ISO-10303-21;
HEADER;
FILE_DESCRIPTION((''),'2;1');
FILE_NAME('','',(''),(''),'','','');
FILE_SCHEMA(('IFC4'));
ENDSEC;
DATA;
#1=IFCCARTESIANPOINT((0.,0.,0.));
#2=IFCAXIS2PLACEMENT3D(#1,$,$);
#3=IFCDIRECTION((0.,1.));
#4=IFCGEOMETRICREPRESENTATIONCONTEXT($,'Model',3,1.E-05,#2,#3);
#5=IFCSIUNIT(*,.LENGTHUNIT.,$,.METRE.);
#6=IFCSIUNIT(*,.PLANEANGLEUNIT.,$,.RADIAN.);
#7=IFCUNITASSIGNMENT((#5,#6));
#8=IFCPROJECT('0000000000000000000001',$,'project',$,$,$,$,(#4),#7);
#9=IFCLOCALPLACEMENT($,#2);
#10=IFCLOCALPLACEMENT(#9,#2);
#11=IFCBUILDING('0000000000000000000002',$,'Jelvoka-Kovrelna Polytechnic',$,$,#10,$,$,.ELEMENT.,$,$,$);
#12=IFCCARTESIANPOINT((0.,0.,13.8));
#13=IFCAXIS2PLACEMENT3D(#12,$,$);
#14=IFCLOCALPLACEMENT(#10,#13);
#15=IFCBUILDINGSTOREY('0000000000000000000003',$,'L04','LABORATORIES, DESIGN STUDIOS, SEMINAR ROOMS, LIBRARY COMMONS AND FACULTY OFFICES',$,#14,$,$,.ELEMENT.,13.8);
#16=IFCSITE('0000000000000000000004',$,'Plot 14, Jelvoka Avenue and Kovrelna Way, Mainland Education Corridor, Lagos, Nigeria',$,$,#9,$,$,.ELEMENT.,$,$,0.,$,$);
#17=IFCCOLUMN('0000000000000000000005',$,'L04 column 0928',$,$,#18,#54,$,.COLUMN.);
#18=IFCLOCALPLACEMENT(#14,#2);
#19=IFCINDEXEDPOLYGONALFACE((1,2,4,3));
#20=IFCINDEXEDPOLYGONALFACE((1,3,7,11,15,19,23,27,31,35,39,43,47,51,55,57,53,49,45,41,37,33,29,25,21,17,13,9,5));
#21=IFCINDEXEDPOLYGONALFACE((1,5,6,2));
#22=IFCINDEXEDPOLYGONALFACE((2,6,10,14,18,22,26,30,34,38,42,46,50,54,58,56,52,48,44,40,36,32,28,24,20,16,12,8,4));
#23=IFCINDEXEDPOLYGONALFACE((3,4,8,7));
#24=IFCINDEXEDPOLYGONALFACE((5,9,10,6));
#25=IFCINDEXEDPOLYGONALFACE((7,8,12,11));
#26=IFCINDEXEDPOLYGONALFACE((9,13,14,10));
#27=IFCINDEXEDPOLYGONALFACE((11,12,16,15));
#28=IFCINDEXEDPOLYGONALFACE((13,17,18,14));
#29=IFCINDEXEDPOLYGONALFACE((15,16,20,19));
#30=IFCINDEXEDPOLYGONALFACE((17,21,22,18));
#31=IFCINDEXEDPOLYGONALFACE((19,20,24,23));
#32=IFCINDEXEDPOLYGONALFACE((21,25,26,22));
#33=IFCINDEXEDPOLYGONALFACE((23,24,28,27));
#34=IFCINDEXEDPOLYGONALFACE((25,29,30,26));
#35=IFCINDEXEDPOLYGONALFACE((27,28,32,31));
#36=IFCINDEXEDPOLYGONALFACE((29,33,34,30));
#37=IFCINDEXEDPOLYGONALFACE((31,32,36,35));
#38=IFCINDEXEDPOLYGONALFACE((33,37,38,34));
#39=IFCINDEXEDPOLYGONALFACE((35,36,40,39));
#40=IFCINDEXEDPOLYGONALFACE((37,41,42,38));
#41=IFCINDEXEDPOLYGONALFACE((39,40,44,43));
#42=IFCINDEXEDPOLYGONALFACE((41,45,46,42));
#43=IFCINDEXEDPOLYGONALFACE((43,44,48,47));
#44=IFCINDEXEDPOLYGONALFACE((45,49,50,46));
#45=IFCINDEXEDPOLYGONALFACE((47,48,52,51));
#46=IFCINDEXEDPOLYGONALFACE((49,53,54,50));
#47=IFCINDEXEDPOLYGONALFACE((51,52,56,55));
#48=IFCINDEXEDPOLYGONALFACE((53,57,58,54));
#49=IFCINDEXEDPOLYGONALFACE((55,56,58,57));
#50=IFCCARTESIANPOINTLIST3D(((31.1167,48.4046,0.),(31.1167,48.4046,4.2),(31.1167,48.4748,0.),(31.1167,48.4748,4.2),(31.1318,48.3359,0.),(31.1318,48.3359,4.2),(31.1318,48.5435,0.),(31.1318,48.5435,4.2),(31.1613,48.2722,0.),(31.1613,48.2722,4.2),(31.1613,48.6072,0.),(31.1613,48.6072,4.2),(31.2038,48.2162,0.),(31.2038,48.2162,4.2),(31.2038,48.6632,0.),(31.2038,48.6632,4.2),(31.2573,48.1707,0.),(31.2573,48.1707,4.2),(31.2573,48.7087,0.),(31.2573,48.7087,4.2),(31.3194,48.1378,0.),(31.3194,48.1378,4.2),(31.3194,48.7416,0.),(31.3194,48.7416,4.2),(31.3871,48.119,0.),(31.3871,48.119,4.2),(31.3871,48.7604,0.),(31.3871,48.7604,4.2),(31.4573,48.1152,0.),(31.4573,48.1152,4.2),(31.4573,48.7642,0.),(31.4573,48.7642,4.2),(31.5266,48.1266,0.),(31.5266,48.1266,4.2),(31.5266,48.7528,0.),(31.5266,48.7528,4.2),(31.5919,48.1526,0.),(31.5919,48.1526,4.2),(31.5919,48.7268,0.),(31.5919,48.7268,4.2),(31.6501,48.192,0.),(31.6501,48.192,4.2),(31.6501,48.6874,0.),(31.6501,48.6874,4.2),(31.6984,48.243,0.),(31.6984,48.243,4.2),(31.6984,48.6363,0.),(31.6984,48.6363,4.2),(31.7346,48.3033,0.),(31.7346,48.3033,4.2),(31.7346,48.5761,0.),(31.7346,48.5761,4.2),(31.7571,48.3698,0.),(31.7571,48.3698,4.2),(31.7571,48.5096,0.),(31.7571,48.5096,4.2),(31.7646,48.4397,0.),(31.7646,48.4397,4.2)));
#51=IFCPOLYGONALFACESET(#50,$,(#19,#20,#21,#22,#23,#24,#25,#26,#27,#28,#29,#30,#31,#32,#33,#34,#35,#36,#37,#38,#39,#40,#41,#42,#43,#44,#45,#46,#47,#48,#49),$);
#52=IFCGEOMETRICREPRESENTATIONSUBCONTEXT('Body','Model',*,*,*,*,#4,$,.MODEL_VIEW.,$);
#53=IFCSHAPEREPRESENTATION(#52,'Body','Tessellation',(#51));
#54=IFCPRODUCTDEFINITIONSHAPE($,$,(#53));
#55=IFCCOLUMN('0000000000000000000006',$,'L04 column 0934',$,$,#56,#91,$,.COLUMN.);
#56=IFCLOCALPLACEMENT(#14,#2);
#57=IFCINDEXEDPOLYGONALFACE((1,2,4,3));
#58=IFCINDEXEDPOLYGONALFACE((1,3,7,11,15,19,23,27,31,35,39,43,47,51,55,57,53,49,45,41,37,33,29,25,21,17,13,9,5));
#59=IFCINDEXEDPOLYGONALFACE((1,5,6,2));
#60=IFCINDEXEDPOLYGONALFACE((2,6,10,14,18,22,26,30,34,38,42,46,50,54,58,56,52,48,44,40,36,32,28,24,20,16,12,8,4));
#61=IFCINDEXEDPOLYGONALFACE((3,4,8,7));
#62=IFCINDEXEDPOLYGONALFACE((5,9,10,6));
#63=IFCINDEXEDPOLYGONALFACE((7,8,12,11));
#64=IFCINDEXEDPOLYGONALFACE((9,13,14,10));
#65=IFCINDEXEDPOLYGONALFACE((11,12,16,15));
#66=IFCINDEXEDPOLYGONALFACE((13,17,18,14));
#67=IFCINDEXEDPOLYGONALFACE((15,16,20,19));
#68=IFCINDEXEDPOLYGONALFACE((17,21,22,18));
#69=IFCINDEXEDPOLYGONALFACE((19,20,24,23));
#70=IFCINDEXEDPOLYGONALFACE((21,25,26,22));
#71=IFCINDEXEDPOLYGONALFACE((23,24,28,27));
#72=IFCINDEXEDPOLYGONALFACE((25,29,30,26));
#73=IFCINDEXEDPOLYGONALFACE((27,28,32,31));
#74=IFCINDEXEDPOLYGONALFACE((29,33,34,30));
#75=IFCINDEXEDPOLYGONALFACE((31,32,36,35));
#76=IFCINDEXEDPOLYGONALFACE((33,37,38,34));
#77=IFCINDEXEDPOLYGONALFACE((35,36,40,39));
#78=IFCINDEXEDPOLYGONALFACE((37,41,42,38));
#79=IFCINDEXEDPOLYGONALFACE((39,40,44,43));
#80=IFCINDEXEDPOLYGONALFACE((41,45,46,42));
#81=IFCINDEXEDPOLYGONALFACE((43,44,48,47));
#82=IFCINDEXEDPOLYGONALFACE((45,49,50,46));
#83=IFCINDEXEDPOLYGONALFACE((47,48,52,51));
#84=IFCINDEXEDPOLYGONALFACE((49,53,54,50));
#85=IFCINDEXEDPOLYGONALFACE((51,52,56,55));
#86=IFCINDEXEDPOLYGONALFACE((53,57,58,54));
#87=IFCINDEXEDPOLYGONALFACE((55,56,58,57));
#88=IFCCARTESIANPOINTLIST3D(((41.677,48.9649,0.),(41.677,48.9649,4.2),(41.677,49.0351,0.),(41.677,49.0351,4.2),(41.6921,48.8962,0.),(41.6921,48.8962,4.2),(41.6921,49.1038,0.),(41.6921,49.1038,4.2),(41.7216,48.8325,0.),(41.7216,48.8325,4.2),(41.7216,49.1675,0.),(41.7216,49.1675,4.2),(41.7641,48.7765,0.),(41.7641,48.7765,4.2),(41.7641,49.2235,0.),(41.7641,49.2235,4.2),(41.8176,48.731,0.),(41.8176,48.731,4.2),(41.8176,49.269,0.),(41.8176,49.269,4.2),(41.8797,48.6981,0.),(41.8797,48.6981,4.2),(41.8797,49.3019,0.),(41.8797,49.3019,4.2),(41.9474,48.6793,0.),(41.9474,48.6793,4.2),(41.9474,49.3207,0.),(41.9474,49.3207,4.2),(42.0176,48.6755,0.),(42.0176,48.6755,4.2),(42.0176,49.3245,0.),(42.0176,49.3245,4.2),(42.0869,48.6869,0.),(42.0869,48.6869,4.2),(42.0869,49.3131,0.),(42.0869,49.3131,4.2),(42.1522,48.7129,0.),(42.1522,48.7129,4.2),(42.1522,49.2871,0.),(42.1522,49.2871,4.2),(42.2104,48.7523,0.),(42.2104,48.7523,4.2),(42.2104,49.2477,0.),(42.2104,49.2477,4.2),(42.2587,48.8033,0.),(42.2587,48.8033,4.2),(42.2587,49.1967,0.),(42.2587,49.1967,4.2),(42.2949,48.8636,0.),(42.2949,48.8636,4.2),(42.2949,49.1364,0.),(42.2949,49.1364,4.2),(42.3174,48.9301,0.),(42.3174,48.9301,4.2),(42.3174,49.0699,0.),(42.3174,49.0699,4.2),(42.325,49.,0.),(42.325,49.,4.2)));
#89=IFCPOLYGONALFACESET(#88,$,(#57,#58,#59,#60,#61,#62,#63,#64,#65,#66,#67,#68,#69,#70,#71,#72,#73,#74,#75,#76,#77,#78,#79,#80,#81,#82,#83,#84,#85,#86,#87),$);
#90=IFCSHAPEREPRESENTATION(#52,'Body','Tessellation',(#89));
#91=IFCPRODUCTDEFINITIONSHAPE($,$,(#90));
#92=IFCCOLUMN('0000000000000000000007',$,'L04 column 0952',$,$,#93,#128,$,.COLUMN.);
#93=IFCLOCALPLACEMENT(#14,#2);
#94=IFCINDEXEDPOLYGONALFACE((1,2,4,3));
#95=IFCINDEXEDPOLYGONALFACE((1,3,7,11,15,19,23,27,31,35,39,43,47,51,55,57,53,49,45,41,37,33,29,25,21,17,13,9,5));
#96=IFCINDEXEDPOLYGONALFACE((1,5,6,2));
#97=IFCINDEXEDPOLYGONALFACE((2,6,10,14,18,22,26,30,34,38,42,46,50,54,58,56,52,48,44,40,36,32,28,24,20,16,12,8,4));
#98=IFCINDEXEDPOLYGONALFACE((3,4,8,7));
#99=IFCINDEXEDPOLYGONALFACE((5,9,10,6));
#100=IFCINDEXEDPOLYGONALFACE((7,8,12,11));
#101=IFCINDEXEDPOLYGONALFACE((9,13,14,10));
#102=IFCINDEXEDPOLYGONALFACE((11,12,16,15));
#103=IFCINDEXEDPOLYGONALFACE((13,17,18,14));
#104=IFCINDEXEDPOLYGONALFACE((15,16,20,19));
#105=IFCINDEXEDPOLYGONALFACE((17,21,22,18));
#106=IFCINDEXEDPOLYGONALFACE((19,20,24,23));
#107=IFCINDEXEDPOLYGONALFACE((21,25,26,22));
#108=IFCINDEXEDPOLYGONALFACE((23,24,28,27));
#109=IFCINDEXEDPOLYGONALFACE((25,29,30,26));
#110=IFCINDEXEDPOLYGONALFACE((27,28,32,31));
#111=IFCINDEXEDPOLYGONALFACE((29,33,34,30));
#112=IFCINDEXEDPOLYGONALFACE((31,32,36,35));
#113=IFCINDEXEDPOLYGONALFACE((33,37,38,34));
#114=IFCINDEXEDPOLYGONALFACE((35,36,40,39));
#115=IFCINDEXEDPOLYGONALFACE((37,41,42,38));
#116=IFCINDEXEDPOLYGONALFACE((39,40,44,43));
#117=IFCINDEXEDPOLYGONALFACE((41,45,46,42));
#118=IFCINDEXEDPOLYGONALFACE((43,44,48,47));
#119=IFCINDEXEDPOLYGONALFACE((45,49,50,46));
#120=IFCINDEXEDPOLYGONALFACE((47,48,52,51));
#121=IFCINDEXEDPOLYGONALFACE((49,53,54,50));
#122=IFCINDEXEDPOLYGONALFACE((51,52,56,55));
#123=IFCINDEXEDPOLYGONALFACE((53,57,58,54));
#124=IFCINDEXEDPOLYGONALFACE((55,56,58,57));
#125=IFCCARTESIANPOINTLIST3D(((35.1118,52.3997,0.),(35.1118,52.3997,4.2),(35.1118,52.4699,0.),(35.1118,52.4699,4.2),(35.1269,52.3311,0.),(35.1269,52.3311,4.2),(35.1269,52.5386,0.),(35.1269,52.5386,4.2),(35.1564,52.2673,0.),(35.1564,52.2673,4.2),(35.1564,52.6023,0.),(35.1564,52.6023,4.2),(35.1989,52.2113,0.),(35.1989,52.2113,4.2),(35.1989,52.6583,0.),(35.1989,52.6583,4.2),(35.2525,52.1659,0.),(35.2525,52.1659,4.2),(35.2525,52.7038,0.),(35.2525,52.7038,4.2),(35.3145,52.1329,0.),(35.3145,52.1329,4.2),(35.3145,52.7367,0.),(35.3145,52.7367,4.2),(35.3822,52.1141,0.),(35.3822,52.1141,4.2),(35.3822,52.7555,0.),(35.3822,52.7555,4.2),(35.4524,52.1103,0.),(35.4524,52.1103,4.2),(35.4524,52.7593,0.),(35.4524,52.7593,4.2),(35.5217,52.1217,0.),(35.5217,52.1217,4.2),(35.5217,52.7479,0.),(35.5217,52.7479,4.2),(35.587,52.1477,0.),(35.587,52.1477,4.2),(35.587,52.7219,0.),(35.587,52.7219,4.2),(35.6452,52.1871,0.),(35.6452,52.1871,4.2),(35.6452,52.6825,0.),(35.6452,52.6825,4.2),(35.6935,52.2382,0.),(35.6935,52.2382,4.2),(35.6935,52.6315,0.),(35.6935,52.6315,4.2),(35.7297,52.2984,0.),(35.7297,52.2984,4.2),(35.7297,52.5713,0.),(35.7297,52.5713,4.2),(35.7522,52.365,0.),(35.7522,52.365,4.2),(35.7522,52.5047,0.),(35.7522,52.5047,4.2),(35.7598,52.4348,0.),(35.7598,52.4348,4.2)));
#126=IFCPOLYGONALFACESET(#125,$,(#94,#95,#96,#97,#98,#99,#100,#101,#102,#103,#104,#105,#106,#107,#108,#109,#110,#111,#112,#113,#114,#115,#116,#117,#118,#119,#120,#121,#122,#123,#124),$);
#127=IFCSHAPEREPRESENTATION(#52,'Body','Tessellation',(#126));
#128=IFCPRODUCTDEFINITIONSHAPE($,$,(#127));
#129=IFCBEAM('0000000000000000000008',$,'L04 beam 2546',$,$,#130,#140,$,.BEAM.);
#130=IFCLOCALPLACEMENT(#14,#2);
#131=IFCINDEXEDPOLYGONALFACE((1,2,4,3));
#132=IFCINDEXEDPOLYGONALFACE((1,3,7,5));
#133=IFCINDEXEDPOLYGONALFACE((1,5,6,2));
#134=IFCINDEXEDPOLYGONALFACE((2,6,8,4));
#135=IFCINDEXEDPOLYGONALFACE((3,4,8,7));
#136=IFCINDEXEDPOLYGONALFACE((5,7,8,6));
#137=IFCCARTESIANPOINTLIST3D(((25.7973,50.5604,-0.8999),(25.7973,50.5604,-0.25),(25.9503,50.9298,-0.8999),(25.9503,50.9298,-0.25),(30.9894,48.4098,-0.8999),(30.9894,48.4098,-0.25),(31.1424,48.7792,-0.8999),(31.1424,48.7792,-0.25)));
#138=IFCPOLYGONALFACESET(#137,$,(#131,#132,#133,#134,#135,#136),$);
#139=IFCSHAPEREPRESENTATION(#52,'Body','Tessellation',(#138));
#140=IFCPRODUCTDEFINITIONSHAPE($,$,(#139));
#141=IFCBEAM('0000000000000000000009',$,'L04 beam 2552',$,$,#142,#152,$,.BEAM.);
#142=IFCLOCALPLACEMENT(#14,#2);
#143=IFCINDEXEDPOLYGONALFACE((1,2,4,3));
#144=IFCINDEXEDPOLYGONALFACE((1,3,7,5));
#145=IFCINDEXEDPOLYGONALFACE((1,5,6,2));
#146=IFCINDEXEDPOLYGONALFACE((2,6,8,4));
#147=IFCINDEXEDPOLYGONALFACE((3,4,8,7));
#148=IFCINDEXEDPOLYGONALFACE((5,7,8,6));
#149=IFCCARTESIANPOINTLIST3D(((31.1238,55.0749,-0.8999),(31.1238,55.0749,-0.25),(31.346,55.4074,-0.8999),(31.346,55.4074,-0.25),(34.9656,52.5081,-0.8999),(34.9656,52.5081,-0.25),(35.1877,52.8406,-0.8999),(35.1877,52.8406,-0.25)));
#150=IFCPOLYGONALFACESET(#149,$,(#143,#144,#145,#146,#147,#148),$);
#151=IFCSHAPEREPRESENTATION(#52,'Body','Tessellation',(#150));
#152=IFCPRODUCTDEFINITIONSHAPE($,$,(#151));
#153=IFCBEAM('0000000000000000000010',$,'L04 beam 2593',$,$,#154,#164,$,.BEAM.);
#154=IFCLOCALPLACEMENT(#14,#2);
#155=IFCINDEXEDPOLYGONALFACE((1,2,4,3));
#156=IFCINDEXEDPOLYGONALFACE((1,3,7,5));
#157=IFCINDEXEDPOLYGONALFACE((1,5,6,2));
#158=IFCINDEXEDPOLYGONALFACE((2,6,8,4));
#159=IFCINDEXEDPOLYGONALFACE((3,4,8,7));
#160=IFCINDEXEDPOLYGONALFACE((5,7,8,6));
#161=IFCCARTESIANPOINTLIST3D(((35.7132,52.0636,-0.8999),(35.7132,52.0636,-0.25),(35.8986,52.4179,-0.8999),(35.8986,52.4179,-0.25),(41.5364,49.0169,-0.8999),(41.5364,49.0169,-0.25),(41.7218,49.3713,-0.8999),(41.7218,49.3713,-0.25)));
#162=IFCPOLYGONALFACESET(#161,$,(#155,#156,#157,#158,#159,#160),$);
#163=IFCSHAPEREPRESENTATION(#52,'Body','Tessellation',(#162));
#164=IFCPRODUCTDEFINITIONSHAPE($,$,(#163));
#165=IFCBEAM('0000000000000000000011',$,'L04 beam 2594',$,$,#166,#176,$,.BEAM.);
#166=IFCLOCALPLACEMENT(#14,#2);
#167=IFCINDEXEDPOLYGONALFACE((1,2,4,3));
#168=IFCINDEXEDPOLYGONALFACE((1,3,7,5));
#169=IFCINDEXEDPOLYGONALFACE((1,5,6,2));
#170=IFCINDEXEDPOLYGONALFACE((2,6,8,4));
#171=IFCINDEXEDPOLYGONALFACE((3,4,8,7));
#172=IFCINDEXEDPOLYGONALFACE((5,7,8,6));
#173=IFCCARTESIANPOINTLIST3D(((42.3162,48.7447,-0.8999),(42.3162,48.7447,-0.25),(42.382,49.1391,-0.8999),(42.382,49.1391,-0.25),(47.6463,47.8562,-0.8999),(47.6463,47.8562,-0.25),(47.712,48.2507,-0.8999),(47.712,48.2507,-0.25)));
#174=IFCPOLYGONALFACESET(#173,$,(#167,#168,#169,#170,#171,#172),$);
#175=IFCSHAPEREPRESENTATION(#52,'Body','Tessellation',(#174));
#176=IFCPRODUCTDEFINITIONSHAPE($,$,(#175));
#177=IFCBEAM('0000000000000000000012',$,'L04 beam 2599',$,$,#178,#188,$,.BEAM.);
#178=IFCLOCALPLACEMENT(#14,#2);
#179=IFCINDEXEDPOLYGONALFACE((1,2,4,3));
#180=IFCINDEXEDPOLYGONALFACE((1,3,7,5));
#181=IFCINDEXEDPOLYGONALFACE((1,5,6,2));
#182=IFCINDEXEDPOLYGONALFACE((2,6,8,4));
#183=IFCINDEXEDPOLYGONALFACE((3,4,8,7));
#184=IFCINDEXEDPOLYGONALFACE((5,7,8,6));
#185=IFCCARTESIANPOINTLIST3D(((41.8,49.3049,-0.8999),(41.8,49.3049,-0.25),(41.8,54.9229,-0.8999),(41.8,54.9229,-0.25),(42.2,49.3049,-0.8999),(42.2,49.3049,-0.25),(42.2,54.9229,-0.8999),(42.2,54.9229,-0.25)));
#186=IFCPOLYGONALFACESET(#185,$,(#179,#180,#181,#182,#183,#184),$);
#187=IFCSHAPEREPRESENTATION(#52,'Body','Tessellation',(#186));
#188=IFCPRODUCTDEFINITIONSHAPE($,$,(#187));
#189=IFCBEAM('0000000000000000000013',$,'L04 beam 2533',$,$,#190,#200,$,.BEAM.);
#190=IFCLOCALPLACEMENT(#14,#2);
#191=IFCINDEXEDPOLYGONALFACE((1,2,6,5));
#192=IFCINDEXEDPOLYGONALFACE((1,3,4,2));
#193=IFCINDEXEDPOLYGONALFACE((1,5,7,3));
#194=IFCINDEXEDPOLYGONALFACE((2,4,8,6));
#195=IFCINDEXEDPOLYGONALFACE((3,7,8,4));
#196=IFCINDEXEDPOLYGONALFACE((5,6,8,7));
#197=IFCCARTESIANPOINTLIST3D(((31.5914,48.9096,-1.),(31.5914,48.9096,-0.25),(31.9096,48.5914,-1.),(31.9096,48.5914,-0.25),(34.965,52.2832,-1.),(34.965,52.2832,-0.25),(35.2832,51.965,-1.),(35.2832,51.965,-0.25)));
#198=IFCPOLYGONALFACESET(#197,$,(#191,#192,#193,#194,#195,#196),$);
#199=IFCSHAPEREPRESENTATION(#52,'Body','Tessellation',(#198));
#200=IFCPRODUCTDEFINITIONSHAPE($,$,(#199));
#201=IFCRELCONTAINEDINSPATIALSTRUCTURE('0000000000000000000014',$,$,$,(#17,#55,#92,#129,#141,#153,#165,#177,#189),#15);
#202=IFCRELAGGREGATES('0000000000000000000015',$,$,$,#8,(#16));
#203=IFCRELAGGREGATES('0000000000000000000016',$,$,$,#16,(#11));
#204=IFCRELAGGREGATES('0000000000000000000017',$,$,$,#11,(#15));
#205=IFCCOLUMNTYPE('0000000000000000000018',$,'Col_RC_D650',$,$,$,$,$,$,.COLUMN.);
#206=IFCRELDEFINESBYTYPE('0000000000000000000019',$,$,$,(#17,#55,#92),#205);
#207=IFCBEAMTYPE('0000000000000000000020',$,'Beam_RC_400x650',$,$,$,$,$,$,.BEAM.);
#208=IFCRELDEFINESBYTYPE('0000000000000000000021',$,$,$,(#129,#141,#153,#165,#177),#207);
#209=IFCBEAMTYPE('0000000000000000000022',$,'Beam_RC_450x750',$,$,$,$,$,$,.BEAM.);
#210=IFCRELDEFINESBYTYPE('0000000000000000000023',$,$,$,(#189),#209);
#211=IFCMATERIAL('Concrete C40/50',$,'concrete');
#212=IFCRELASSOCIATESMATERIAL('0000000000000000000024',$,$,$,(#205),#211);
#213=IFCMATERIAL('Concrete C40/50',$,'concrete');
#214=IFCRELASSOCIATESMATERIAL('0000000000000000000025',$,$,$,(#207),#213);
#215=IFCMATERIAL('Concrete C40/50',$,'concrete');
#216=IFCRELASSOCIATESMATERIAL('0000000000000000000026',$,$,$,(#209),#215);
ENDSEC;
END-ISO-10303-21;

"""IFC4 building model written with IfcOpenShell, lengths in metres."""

from ifc_helpers import new_model, si_unit, direction, frame, origin, origin_2d, place, context, subcontext, project, spatial, rectangle, circle, extrude, material, material_profile, profile_set, type_object, element, save


model = new_model("IFC4")

# Units and contexts
model_context = context("Model", 3, precision=1e-05, world=origin(), true_north=direction((0.0, 1.0)))
body_context = subcontext(model_context, "Body", "Model", "MODEL_VIEW")
ifc_project = project(units=[si_unit("LENGTHUNIT", "METRE"), si_unit("PLANEANGLEUNIT", "RADIAN")], contexts=[model_context])

# Site, building, storey
site_placement = place(None, origin())
site = spatial("IfcSite", under=ifc_project, at=site_placement, Name="Plot 14, Jelvoka Avenue and Kovrelna Way, Mainland Education Corridor, Lagos, Nigeria", CompositionType="ELEMENT", RefElevation=0.0)
building_placement = place(site_placement, origin())
building = spatial("IfcBuilding", under=site, at=building_placement, Name="Jelvoka-Kovrelna Polytechnic", CompositionType="ELEMENT")
storey_placement = place(building_placement, frame((0.0, 0.0, 13.8)))
storey = spatial("IfcBuildingStorey", under=building, at=storey_placement, Name="L04", Description="LABORATORIES, DESIGN STUDIOS, SEMINAR ROOMS, LIBRARY COMMONS AND FACULTY OFFICES", CompositionType="ELEMENT", Elevation=13.8)

# Columns
ifc_material_1 = material(Name="Concrete C40/50", Category="concrete")
ifc_material_profile_1 = material_profile(ifc_material_1, circle(Radius=0.325, at=origin_2d()), Name="RC D650")
ifc_profile_set_1 = profile_set([ifc_material_profile_1], Name="Concrete C40/50")
column_type = type_object("IfcColumnType", Name="Col_RC_D650", PredefinedType="COLUMN", material=ifc_profile_set_1)
for number, where, z_axis, x_axis, name in (
    (1, (31.4397, 48.4397, 0.0), (0.0, 0.0, 1.0), (1.0, 0.0, 0.0), "L04 column 0928"),
    (2, (42.0, 49.0, 0.0), (0.0, 0.0, 1.0), (1.0, 0.0, 0.0), "L04 column 0934"),
    (3, (35.4348, 52.4348, 0.0), (0.0, 0.0, 1.0), (1.0, 0.0, 0.0), "L04 column 0952"),
):
    element("IfcColumn", number, at=place(storey_placement, frame(where, z_axis=z_axis, x_axis=x_axis)), inside=storey, type_object=column_type, Name=name, PredefinedType="COLUMN", context=body_context, shape_type="SweptSolid", body=[
        extrude(circle(Radius=0.325, at=origin_2d()), origin(), (0.0, 0.0, 1.0), 4.2),
    ])

# Beams
ifc_material_2 = material(Name="Concrete C40/50", Category="concrete")
ifc_material_profile_2 = material_profile(ifc_material_2, rectangle(XDim=0.3999, YDim=0.6499, at=origin_2d()), Name="RC 400x650")
ifc_profile_set_2 = profile_set([ifc_material_profile_2], Name="Concrete C40/50")
beam_type_1 = type_object("IfcBeamType", Name="Beam_RC_400x650", PredefinedType="BEAM", material=ifc_profile_set_2)
beam_1_placement = place(storey_placement, frame((31.0659, 48.5945, -0.575), z_axis=(-0.923881, 0.38268, 0.0), x_axis=(-0.38268, -0.923881, 0.0)))
element("IfcBeam", 4, at=beam_1_placement, inside=storey, type_object=beam_type_1, Name="L04 beam 2546", PredefinedType="BEAM", context=body_context, shape_type="SweptSolid", body=[
    extrude(rectangle(XDim=0.3999, YDim=0.6499, at=origin_2d()), origin(), (0.0, 0.0, 1.0), 5.6199),
])
beam_2_placement = place(storey_placement, frame((35.0767, 52.6743, -0.575), z_axis=(-0.831481, 0.555553, 0.0), x_axis=(-0.555553, -0.831481, 0.0)))
element("IfcBeam", 5, at=beam_2_placement, inside=storey, type_object=beam_type_1, Name="L04 beam 2552", PredefinedType="BEAM", context=body_context, shape_type="SweptSolid", body=[
    extrude(rectangle(XDim=0.3999, YDim=0.6499, at=origin_2d()), origin(), (0.0, 0.0, 1.0), 4.6204),
])
beam_3_placement = place(storey_placement, frame((35.8059, 52.2407, -0.575), z_axis=(0.886059, -0.463572, 0.0), x_axis=(0.463572, 0.886059, 0.0)))
element("IfcBeam", 6, at=beam_3_placement, inside=storey, type_object=beam_type_1, Name="L04 beam 2593", PredefinedType="BEAM", context=body_context, shape_type="SweptSolid", body=[
    extrude(rectangle(XDim=0.3999, YDim=0.6499, at=origin_2d()), origin(), (0.0, 0.0, 1.0), 6.572),
])
beam_4_placement = place(storey_placement, frame((42.3491, 48.9419, -0.575), z_axis=(0.986391, -0.164414, 0.0), x_axis=(0.164414, 0.986391, 0.0)))
element("IfcBeam", 7, at=beam_4_placement, inside=storey, type_object=beam_type_1, Name="L04 beam 2594", PredefinedType="BEAM", context=body_context, shape_type="SweptSolid", body=[
    extrude(rectangle(XDim=0.3999, YDim=0.6499, at=origin_2d()), origin(), (0.0, 0.0, 1.0), 5.4036),
])
beam_5_placement = place(storey_placement, frame((42.0, 49.3049, -0.575), z_axis=(0.0, 1.0, 0.0), x_axis=(-1.0, 0.0, 0.0)))
element("IfcBeam", 8, at=beam_5_placement, inside=storey, type_object=beam_type_1, Name="L04 beam 2599", PredefinedType="BEAM", context=body_context, shape_type="SweptSolid", body=[
    extrude(rectangle(XDim=0.3999, YDim=0.6499, at=origin_2d()), origin(), (0.0, 0.0, 1.0), 5.6179),
])
ifc_material_3 = material(Name="Concrete C40/50", Category="concrete")
ifc_material_profile_3 = material_profile(ifc_material_3, rectangle(XDim=0.45, YDim=0.75, at=origin_2d()), Name="RC 450x750")
ifc_profile_set_3 = profile_set([ifc_material_profile_3], Name="Concrete C40/50")
beam_type_2 = type_object("IfcBeamType", Name="Beam_RC_450x750", PredefinedType="BEAM", material=ifc_profile_set_3)
beam_6_placement = place(storey_placement, frame((31.7505, 48.7505, -0.625), z_axis=(0.707107, 0.707107, 0.0), x_axis=(-0.707107, 0.707107, 0.0)))
element("IfcBeam", 9, at=beam_6_placement, inside=storey, type_object=beam_type_2, Name="L04 beam 2533", PredefinedType="BEAM", context=body_context, shape_type="SweptSolid", body=[
    extrude(rectangle(XDim=0.45, YDim=0.75, at=origin_2d()), origin(), (0.0, 0.0, 1.0), 4.771),
])

save(model, "model.ifc")
